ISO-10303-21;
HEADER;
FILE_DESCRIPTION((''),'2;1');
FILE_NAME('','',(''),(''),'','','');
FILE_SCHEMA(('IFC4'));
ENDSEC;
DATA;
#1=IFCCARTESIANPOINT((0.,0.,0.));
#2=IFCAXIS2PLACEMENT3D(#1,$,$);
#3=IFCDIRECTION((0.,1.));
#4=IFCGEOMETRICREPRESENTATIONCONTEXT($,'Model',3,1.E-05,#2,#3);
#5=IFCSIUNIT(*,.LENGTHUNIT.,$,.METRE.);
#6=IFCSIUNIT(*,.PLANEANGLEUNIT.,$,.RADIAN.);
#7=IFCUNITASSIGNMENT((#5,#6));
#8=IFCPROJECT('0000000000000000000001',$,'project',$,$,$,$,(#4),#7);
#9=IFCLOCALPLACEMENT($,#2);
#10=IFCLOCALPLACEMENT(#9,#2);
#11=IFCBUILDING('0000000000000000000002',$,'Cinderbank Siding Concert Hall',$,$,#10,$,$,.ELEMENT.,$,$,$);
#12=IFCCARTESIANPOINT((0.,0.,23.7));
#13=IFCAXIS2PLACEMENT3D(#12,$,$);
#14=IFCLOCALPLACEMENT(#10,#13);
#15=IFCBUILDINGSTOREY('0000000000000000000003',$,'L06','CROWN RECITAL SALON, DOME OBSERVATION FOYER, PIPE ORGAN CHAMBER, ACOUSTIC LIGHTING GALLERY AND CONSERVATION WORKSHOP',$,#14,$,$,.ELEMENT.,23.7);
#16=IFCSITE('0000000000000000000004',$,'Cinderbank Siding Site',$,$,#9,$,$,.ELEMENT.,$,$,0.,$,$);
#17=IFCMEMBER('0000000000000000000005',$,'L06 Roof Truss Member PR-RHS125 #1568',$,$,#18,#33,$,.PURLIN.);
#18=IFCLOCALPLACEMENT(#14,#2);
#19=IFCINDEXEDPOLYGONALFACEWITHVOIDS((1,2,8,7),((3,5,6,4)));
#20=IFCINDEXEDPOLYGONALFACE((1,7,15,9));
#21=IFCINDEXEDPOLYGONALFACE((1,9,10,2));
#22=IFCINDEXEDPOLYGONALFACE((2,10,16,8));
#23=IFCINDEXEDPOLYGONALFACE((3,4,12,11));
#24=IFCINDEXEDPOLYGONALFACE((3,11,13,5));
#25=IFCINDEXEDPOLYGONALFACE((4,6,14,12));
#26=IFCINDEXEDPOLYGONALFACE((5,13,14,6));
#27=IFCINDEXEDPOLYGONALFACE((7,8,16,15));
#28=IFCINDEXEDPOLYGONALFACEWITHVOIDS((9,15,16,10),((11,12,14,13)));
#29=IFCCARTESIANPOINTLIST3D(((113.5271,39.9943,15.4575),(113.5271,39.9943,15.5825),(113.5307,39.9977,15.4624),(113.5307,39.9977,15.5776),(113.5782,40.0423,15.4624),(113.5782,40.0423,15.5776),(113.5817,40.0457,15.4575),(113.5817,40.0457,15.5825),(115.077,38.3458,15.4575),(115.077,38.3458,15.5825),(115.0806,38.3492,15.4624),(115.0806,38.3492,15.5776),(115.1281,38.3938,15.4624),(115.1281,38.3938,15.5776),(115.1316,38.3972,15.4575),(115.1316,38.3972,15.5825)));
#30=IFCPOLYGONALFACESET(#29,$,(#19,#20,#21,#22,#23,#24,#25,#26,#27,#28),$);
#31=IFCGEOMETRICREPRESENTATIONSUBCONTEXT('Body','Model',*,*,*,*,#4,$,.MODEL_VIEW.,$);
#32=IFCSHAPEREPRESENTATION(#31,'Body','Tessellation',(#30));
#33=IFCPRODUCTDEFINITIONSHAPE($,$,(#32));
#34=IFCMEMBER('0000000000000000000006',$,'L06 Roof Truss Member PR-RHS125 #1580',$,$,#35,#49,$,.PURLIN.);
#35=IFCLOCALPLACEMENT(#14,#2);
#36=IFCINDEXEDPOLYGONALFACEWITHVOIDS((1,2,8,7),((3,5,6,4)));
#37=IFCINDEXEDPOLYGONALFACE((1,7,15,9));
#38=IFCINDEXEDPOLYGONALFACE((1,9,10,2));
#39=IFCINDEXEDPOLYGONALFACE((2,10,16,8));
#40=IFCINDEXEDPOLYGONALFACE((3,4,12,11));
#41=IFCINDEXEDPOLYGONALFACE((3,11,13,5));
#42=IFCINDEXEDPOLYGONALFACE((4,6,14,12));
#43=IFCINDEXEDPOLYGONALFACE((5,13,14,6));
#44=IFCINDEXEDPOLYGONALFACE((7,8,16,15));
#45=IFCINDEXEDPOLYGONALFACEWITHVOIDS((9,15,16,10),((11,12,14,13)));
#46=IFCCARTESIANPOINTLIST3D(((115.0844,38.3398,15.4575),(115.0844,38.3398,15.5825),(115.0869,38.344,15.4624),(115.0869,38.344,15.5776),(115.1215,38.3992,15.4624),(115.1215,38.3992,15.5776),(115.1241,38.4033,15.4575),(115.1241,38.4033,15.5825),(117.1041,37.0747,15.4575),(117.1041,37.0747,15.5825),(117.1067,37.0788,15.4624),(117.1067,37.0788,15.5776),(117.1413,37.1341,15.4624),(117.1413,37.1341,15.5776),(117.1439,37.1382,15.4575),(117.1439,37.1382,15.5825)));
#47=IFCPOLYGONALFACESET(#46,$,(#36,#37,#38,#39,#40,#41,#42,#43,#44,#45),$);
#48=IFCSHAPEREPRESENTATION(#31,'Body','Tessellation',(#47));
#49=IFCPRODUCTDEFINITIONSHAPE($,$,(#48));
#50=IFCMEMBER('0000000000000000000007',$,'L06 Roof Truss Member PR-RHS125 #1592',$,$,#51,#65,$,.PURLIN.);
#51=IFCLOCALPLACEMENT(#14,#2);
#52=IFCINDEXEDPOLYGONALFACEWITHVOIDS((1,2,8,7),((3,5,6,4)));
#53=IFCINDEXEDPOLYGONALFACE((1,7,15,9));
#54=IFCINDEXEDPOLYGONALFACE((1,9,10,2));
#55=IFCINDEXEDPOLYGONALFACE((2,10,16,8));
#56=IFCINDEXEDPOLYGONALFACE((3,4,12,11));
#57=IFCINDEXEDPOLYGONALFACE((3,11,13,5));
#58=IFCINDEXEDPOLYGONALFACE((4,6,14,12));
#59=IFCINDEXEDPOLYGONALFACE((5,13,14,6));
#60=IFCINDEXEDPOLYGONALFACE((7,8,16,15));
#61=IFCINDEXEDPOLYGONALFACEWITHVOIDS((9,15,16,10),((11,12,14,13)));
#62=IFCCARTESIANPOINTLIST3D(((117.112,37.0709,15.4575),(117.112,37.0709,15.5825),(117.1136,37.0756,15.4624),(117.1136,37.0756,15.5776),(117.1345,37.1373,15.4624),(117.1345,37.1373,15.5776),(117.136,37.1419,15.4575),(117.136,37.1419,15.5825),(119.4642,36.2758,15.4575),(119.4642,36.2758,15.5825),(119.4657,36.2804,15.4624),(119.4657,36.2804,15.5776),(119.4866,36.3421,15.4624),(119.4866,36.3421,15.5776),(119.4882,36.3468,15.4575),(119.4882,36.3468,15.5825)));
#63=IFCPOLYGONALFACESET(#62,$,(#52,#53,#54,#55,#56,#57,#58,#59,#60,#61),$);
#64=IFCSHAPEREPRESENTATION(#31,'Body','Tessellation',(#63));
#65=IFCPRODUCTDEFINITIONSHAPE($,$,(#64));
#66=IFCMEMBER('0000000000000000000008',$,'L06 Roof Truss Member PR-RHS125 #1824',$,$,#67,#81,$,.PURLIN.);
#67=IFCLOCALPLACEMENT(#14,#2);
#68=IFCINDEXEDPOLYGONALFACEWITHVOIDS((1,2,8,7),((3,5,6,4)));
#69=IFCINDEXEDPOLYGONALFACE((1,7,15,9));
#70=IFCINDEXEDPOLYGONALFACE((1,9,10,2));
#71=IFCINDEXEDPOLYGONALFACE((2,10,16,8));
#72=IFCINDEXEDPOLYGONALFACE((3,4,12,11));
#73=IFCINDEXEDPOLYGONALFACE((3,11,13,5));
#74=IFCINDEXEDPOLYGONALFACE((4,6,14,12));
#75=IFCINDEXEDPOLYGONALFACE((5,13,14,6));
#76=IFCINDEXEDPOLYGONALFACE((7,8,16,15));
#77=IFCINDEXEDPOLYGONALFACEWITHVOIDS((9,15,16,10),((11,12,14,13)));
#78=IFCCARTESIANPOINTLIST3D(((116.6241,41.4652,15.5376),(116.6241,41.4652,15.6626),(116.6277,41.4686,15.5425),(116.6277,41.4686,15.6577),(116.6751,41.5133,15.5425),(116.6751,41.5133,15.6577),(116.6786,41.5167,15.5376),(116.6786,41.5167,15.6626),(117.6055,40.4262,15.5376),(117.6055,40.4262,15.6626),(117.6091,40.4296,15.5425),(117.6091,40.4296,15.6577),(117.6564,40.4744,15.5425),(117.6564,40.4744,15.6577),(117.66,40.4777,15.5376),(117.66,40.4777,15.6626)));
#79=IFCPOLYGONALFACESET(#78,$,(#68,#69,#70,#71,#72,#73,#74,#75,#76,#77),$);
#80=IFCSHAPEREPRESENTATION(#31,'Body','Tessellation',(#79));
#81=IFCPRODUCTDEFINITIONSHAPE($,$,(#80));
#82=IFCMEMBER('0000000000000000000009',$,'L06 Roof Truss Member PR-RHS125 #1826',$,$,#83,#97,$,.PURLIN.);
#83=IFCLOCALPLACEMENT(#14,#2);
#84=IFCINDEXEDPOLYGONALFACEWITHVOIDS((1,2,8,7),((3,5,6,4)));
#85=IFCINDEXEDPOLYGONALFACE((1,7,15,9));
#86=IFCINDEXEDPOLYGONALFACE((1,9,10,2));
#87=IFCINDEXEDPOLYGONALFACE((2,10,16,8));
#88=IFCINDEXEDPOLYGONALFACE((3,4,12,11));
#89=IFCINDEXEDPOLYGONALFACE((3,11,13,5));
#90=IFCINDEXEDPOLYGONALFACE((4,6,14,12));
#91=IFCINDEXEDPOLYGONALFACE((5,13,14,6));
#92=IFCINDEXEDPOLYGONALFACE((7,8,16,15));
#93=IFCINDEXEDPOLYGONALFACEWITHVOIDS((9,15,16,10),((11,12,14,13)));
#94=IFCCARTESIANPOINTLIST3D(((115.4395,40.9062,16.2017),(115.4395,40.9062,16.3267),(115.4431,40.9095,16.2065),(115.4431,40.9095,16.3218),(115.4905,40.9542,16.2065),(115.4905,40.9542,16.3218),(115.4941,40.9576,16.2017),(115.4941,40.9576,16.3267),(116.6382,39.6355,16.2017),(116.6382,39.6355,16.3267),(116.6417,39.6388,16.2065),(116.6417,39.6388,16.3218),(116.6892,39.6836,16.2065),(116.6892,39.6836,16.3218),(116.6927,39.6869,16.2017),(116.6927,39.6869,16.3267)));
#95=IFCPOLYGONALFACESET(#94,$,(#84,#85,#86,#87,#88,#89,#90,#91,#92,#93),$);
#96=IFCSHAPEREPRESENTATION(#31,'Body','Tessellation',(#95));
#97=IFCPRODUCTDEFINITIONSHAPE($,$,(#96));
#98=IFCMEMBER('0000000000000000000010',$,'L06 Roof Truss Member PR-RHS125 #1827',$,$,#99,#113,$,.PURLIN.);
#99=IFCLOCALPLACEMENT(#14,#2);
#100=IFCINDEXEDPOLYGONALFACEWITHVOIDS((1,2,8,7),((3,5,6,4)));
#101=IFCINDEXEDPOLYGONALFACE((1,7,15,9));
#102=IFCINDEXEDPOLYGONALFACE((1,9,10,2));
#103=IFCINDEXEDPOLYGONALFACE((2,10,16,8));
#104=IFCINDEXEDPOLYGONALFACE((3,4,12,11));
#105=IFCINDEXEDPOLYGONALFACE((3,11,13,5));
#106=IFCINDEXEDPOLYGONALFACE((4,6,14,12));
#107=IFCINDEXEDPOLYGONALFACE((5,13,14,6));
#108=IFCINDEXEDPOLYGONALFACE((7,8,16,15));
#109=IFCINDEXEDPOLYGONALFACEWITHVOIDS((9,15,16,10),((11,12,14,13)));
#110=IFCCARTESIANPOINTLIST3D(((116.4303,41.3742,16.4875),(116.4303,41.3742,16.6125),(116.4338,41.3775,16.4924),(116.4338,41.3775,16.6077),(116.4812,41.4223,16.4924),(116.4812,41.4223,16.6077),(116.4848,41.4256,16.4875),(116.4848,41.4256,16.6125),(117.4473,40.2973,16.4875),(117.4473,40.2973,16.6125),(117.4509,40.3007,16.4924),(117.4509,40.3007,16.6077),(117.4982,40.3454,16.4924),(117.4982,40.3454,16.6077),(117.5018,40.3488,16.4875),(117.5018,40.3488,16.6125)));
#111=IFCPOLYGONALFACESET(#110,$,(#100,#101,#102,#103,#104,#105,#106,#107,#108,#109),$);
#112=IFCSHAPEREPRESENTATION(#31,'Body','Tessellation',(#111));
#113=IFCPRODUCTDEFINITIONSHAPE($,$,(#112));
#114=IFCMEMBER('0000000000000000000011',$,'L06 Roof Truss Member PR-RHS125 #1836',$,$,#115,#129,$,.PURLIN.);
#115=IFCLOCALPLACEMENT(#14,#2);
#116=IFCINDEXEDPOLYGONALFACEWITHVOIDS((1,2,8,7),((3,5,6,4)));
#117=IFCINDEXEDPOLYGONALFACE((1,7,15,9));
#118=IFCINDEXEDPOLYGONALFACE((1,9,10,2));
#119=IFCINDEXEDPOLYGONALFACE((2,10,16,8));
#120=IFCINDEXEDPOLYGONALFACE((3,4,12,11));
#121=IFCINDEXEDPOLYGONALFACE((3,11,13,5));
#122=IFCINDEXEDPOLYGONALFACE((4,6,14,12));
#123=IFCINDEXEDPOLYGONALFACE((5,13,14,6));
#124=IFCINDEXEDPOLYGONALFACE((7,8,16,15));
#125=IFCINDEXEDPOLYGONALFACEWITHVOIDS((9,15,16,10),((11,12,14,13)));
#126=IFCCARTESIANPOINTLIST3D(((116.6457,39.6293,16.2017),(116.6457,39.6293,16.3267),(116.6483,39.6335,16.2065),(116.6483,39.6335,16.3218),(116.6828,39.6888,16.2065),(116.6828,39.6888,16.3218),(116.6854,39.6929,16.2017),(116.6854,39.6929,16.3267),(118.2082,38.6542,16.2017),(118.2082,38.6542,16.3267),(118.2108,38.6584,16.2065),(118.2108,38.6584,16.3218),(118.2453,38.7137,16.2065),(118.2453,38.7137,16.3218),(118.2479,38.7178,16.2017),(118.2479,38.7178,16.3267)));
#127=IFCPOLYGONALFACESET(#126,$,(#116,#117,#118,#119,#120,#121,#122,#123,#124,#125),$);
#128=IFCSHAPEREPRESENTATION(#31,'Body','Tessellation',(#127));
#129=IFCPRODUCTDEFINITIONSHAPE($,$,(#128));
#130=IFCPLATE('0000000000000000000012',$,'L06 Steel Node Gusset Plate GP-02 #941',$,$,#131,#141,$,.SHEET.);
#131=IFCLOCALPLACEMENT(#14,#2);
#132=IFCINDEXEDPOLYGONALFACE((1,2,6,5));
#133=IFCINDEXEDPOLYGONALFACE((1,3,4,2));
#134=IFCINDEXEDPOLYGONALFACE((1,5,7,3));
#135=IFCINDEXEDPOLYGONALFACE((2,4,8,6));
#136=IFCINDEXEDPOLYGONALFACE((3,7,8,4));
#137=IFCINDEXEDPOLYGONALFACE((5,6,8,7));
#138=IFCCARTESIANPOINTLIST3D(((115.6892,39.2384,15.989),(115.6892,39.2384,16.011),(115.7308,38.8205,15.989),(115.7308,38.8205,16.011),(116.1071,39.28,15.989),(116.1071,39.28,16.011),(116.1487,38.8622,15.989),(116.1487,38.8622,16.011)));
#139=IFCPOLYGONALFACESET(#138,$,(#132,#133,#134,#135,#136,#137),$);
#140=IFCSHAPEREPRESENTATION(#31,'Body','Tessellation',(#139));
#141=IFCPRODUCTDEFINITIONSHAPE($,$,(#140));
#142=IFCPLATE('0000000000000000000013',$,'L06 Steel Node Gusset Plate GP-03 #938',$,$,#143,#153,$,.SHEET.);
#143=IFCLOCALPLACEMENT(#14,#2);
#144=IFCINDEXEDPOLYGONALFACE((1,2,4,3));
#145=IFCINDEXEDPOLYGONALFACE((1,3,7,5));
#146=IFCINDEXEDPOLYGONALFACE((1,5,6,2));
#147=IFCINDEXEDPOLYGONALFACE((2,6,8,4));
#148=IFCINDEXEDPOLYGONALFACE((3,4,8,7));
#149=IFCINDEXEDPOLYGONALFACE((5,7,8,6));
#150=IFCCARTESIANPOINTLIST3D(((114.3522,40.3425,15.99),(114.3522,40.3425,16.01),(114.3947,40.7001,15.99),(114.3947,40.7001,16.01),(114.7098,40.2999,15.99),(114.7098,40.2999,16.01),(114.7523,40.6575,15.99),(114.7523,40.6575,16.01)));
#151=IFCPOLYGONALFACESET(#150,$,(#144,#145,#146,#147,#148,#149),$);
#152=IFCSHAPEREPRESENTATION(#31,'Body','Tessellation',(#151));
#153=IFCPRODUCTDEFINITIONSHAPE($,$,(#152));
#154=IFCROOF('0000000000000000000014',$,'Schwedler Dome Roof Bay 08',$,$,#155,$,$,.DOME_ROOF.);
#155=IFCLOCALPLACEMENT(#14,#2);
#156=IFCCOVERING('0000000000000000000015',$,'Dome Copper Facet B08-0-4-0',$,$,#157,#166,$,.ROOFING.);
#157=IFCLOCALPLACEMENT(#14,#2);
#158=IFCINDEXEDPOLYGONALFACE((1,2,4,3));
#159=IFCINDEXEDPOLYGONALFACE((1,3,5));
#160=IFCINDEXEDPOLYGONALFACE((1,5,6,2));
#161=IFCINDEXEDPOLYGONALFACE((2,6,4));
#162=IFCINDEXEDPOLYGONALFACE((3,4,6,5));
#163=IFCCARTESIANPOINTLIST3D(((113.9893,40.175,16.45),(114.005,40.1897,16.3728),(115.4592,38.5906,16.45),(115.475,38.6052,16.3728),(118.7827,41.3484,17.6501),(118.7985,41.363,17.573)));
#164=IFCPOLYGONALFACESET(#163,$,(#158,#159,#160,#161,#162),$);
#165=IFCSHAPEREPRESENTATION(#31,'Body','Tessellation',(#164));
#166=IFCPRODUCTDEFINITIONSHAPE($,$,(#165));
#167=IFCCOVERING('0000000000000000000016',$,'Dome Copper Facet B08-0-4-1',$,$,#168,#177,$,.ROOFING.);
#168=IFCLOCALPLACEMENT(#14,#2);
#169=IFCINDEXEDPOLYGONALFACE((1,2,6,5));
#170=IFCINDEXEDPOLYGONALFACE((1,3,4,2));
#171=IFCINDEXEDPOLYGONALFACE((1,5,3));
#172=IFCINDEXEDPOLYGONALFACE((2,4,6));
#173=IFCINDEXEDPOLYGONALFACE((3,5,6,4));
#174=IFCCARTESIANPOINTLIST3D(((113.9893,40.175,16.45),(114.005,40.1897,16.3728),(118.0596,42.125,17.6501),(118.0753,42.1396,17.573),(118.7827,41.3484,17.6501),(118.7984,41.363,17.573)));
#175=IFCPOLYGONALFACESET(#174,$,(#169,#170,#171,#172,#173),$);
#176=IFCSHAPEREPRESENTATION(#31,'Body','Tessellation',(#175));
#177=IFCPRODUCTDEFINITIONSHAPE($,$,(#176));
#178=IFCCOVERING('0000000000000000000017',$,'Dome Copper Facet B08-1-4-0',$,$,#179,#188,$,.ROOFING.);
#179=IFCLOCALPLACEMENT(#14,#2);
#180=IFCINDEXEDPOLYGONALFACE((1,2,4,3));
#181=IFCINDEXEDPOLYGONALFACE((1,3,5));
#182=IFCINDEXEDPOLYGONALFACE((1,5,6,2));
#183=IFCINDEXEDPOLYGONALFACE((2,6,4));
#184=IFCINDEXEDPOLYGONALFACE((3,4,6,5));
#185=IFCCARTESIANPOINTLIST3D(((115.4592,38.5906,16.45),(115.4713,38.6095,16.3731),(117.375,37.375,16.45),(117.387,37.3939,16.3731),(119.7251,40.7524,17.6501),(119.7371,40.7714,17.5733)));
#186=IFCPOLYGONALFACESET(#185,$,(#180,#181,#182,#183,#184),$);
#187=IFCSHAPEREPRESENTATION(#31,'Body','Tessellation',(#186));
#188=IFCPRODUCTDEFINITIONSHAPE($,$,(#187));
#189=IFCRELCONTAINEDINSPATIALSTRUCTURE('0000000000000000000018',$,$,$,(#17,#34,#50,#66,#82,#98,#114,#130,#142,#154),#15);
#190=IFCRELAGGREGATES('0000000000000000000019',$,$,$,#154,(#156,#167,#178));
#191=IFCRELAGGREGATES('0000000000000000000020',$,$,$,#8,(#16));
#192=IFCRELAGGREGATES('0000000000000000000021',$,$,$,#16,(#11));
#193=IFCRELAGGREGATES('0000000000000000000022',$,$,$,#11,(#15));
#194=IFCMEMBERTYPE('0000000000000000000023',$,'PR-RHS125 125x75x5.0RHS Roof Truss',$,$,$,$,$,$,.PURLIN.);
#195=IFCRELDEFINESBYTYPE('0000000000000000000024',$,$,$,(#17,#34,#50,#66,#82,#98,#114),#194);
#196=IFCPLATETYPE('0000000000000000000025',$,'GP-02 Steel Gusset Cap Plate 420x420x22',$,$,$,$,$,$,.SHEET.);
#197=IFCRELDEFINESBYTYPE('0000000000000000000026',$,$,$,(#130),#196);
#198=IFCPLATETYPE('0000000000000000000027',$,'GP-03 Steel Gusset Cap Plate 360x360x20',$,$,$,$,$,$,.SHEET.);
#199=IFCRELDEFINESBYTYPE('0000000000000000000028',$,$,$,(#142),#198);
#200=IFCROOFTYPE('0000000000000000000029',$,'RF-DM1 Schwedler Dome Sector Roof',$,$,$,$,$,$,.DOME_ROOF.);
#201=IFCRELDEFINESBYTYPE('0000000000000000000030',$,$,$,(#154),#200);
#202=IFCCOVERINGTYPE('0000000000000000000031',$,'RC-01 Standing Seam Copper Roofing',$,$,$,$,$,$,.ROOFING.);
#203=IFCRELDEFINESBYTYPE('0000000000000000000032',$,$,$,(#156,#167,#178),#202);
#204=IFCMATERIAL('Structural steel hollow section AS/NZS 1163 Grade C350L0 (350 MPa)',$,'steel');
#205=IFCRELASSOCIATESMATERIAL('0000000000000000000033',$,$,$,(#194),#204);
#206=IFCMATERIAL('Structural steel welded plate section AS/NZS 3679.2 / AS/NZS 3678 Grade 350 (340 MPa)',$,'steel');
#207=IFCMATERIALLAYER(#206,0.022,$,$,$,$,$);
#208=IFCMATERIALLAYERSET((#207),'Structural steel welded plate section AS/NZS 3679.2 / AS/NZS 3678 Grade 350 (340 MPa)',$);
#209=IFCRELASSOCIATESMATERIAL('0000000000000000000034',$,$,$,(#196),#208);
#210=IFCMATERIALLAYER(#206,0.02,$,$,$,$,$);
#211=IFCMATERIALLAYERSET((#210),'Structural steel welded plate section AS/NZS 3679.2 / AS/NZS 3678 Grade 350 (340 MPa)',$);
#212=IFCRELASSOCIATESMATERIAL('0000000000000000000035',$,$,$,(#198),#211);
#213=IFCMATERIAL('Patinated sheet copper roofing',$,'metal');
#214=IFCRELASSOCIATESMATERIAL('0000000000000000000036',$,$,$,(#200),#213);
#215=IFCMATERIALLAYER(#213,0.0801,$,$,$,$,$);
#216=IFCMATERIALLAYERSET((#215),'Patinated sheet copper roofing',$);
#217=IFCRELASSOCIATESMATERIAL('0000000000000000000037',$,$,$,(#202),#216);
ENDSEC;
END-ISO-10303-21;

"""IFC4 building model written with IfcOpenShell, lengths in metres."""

from ifc_helpers import new_model, si_unit, direction, frame, origin, origin_2d, place, context, subcontext, project, spatial, polyline, rectangle, hollow_rectangle, outline, extrude, material, layer, layer_set, material_profile, profile_set, type_object, element, aggregate, save


model = new_model("IFC4")

# Units and contexts
model_context = context("Model", 3, precision=1e-05, world=origin(), true_north=direction((0.0, 1.0)))
body_context = subcontext(model_context, "Body", "Model", "MODEL_VIEW")
ifc_project = project(units=[si_unit("LENGTHUNIT", "METRE"), si_unit("PLANEANGLEUNIT", "RADIAN")], contexts=[model_context])

# Site, building, storey
site_placement = place(None, origin())
site = spatial("IfcSite", under=ifc_project, at=site_placement, Name="Cinderbank Siding Site", CompositionType="ELEMENT", RefElevation=0.0)
building_placement = place(site_placement, origin())
building = spatial("IfcBuilding", under=site, at=building_placement, Name="Cinderbank Siding Concert Hall", CompositionType="ELEMENT")
storey_placement = place(building_placement, frame((0.0, 0.0, 23.7)))
storey = spatial("IfcBuildingStorey", under=building, at=storey_placement, Name="L06", Description="CROWN RECITAL SALON, DOME OBSERVATION FOYER, PIPE ORGAN CHAMBER, ACOUSTIC LIGHTING GALLERY AND CONSERVATION WORKSHOP", CompositionType="ELEMENT", Elevation=23.7)

# Members
ifc_material_1 = material(Name="Structural steel hollow section AS/NZS 1163 Grade C350L0 (350 MPa)", Category="steel")
ifc_material_profile_1 = material_profile(ifc_material_1, hollow_rectangle(XDim=0.075, YDim=0.125, WallThickness=0.0049, at=origin_2d()), Name="125x75x5.0RHS", Category="LoadBearing")
ifc_profile_set_1 = profile_set([ifc_material_profile_1], Name="Structural steel hollow section AS/NZS 1163 Grade C350L0 (350 MPa)")
member_type_1 = type_object("IfcMemberType", Name="PR-RHS125 125x75x5.0RHS Roof Truss", PredefinedType="PURLIN", material=ifc_profile_set_1)
member_1_placement = place(storey_placement, frame((113.5544, 40.02, 15.52), z_axis=(0.684974, -0.728567, 0.0), x_axis=(0.728567, 0.684974, 0.0)))
element("IfcMember", 1, at=member_1_placement, inside=storey, type_object=member_type_1, Name="L06 Roof Truss Member PR-RHS125 #1568", PredefinedType="PURLIN", context=body_context, shape_type="SweptSolid", body=[
    extrude(hollow_rectangle(XDim=0.075, YDim=0.125, WallThickness=0.0049, at=origin_2d()), origin(), (0.0, 0.0, 1.0), 2.2627),
])
member_2_placement = place(storey_placement, frame((115.1042, 38.3716, 15.52), z_axis=(0.847474, -0.530837, 0.0), x_axis=(0.530837, 0.847474, 0.0)))
element("IfcMember", 2, at=member_2_placement, inside=storey, type_object=member_type_1, Name="L06 Roof Truss Member PR-RHS125 #1580", PredefinedType="PURLIN", context=body_context, shape_type="SweptSolid", body=[
    extrude(hollow_rectangle(XDim=0.075, YDim=0.125, WallThickness=0.0049, at=origin_2d()), origin(), (0.0, 0.0, 1.0), 2.3833),
])
member_3_placement = place(storey_placement, frame((117.124, 37.1064, 15.52), z_axis=(0.947328, -0.320266, 0.0), x_axis=(0.320266, 0.947328, 0.0)))
element("IfcMember", 3, at=member_3_placement, inside=storey, type_object=member_type_1, Name="L06 Roof Truss Member PR-RHS125 #1592", PredefinedType="PURLIN", context=body_context, shape_type="SweptSolid", body=[
    extrude(hollow_rectangle(XDim=0.075, YDim=0.125, WallThickness=0.0049, at=origin_2d()), origin(), (0.0, 0.0, 1.0), 2.4829),
])
member_4_placement = place(storey_placement, frame((116.6514, 41.491, 15.6001), z_axis=(0.686664, -0.726975, 0.0), x_axis=(0.726975, 0.686664, 0.0)))
element("IfcMember", 4, at=member_4_placement, inside=storey, type_object=member_type_1, Name="L06 Roof Truss Member PR-RHS125 #1824", PredefinedType="PURLIN", context=body_context, shape_type="SweptSolid", body=[
    extrude(hollow_rectangle(XDim=0.075, YDim=0.125, WallThickness=0.0049, at=origin_2d()), origin(), (0.0, 0.0, 1.0), 1.4292),
])
member_5_placement = place(storey_placement, frame((115.4668, 40.9319, 16.2642), z_axis=(0.686193, -0.72742, 0.0), x_axis=(0.72742, 0.686193, 0.0)))
element("IfcMember", 5, at=member_5_placement, inside=storey, type_object=member_type_1, Name="L06 Roof Truss Member PR-RHS125 #1826", PredefinedType="PURLIN", context=body_context, shape_type="SweptSolid", body=[
    extrude(hollow_rectangle(XDim=0.075, YDim=0.125, WallThickness=0.0049, at=origin_2d()), origin(), (0.0, 0.0, 1.0), 1.7468),
])
member_6_placement = place(storey_placement, frame((116.4575, 41.3999, 16.55), z_axis=(0.686628, -0.727009, 0.0), x_axis=(0.727009, 0.686628, 0.0)))
element("IfcMember", 6, at=member_6_placement, inside=storey, type_object=member_type_1, Name="L06 Roof Truss Member PR-RHS125 #1827", PredefinedType="PURLIN", context=body_context, shape_type="SweptSolid", body=[
    extrude(hollow_rectangle(XDim=0.075, YDim=0.125, WallThickness=0.0049, at=origin_2d()), origin(), (0.0, 0.0, 1.0), 1.4812),
])
member_7_placement = place(storey_placement, frame((116.6655, 39.6611, 16.2642), z_axis=(0.848356, -0.529427, 0.0), x_axis=(0.529427, 0.848356, 0.0)))
element("IfcMember", 7, at=member_7_placement, inside=storey, type_object=member_type_1, Name="L06 Roof Truss Member PR-RHS125 #1836", PredefinedType="PURLIN", context=body_context, shape_type="SweptSolid", body=[
    extrude(hollow_rectangle(XDim=0.075, YDim=0.125, WallThickness=0.0049, at=origin_2d()), origin(), (0.0, 0.0, 1.0), 1.8418),
])

# Plates
ifc_material_2 = material(Name="Structural steel welded plate section AS/NZS 3679.2 / AS/NZS 3678 Grade 350 (340 MPa)", Category="steel")
ifc_layer_1 = layer(ifc_material_2, 0.022)
ifc_layer_set_1 = layer_set([ifc_layer_1], Name="Structural steel welded plate section AS/NZS 3679.2 / AS/NZS 3678 Grade 350 (340 MPa)")
plate_type_1 = type_object("IfcPlateType", Name="GP-02 Steel Gusset Cap Plate 420x420x22", PredefinedType="SHEET", material=ifc_layer_set_1)
plate_1_placement = place(storey_placement, frame((115.9189, 39.0503, 15.989), z_axis=(0.0, 0.0, 1.0), x_axis=(0.995073, 0.099146, 0.0)))
element("IfcPlate", 8, at=plate_1_placement, inside=storey, type_object=plate_type_1, Name="L06 Steel Node Gusset Plate GP-02 #941", PredefinedType="SHEET", context=body_context, shape_type="SweptSolid", body=[
    extrude(rectangle(XDim=0.4199, YDim=0.4199, at=origin_2d()), origin(), (0.0, 0.0, 1.0), 0.022),
])
ifc_layer_2 = layer(ifc_material_2, 0.02)
ifc_layer_set_2 = layer_set([ifc_layer_2], Name="Structural steel welded plate section AS/NZS 3679.2 / AS/NZS 3678 Grade 350 (340 MPa)")
plate_type_2 = type_object("IfcPlateType", Name="GP-03 Steel Gusset Cap Plate 360x360x20", PredefinedType="SHEET", material=ifc_layer_set_2)
plate_2_placement = place(storey_placement, frame((114.5522, 40.5, 15.99), z_axis=(0.0, 0.0, 1.0), x_axis=(0.993007, -0.118057, 0.0)))
element("IfcPlate", 9, at=plate_2_placement, inside=storey, type_object=plate_type_2, Name="L06 Steel Node Gusset Plate GP-03 #938", PredefinedType="SHEET", context=body_context, shape_type="SweptSolid", body=[
    extrude(rectangle(XDim=0.3601, YDim=0.3601, at=origin_2d()), origin(), (0.0, 0.0, 1.0), 0.02),
])

# Roof, coverings
ifc_material_3 = material(Name="Patinated sheet copper roofing", Category="metal")
roof_type = type_object("IfcRoofType", Name="RF-DM1 Schwedler Dome Sector Roof", PredefinedType="DOME_ROOF", material=ifc_material_3)
roof_1_placement = place(storey_placement, origin())
roof_1 = element("IfcRoof", 10, at=roof_1_placement, inside=storey, type_object=roof_type, Name="Schwedler Dome Roof Bay 08", PredefinedType="DOME_ROOF")
ifc_layer_3 = layer(ifc_material_3, 0.0801)
ifc_layer_set_3 = layer_set([ifc_layer_3], Name="Patinated sheet copper roofing")
covering_type = type_object("IfcCoveringType", Name="RC-01 Standing Seam Copper Roofing", PredefinedType="ROOFING", material=ifc_layer_set_3)
covering_1_placement = place(storey_placement, frame((113.9893, 40.175, 16.45), z_axis=(-0.196573, -0.182368, 0.96338), x_axis=(0.680122, -0.733099, 0.0)))
covering_1 = element("IfcCovering", 11, at=covering_1_placement, type_object=covering_type, Name="Dome Copper Facet B08-0-4-0", PredefinedType="ROOFING", context=body_context, shape_type="SweptSolid", body=[
    extrude(outline(polyline([(0.0, 0.0), (2.1613, 0.0), (2.4, 4.476), (0.0, 0.0)])), origin(), (0.0, 0.0, -1.0), 0.0801),
])
covering_2_placement = place(storey_placement, frame((113.9893, 40.175, 16.45), z_axis=(-0.196425, -0.182902, 0.963309), x_axis=(0.943813, 0.231026, 0.236314)))
covering_2 = element("IfcCovering", 12, at=covering_2_placement, type_object=covering_type, Name="Dome Copper Facet B08-0-4-1", PredefinedType="ROOFING", context=body_context, shape_type="SweptSolid", body=[
    extrude(outline(polyline([(0.0, 0.0), (5.0788, 0.0), (4.5757, 0.9343), (0.0, 0.0)])), origin(), (0.0, 0.0, -1.0), 0.0801),
])
covering_3_placement = place(storey_placement, frame((115.4592, 38.5906, 16.45), z_axis=(-0.150149, -0.236638, 0.959926), x_axis=(0.84437, -0.535761, 0.0)))
covering_3 = element("IfcCovering", 13, at=covering_3_placement, type_object=covering_type, Name="Dome Copper Facet B08-1-4-0", PredefinedType="ROOFING", context=body_context, shape_type="SweptSolid", body=[
    extrude(outline(polyline([(0.0, 0.0), (2.2689, 0.0), (2.4437, 4.2825), (0.0, 0.0)])), origin(), (0.0, 0.0, -1.0), 0.0801),
])
aggregate(roof_1, [covering_1, covering_2, covering_3])

save(model, "model.ifc")
